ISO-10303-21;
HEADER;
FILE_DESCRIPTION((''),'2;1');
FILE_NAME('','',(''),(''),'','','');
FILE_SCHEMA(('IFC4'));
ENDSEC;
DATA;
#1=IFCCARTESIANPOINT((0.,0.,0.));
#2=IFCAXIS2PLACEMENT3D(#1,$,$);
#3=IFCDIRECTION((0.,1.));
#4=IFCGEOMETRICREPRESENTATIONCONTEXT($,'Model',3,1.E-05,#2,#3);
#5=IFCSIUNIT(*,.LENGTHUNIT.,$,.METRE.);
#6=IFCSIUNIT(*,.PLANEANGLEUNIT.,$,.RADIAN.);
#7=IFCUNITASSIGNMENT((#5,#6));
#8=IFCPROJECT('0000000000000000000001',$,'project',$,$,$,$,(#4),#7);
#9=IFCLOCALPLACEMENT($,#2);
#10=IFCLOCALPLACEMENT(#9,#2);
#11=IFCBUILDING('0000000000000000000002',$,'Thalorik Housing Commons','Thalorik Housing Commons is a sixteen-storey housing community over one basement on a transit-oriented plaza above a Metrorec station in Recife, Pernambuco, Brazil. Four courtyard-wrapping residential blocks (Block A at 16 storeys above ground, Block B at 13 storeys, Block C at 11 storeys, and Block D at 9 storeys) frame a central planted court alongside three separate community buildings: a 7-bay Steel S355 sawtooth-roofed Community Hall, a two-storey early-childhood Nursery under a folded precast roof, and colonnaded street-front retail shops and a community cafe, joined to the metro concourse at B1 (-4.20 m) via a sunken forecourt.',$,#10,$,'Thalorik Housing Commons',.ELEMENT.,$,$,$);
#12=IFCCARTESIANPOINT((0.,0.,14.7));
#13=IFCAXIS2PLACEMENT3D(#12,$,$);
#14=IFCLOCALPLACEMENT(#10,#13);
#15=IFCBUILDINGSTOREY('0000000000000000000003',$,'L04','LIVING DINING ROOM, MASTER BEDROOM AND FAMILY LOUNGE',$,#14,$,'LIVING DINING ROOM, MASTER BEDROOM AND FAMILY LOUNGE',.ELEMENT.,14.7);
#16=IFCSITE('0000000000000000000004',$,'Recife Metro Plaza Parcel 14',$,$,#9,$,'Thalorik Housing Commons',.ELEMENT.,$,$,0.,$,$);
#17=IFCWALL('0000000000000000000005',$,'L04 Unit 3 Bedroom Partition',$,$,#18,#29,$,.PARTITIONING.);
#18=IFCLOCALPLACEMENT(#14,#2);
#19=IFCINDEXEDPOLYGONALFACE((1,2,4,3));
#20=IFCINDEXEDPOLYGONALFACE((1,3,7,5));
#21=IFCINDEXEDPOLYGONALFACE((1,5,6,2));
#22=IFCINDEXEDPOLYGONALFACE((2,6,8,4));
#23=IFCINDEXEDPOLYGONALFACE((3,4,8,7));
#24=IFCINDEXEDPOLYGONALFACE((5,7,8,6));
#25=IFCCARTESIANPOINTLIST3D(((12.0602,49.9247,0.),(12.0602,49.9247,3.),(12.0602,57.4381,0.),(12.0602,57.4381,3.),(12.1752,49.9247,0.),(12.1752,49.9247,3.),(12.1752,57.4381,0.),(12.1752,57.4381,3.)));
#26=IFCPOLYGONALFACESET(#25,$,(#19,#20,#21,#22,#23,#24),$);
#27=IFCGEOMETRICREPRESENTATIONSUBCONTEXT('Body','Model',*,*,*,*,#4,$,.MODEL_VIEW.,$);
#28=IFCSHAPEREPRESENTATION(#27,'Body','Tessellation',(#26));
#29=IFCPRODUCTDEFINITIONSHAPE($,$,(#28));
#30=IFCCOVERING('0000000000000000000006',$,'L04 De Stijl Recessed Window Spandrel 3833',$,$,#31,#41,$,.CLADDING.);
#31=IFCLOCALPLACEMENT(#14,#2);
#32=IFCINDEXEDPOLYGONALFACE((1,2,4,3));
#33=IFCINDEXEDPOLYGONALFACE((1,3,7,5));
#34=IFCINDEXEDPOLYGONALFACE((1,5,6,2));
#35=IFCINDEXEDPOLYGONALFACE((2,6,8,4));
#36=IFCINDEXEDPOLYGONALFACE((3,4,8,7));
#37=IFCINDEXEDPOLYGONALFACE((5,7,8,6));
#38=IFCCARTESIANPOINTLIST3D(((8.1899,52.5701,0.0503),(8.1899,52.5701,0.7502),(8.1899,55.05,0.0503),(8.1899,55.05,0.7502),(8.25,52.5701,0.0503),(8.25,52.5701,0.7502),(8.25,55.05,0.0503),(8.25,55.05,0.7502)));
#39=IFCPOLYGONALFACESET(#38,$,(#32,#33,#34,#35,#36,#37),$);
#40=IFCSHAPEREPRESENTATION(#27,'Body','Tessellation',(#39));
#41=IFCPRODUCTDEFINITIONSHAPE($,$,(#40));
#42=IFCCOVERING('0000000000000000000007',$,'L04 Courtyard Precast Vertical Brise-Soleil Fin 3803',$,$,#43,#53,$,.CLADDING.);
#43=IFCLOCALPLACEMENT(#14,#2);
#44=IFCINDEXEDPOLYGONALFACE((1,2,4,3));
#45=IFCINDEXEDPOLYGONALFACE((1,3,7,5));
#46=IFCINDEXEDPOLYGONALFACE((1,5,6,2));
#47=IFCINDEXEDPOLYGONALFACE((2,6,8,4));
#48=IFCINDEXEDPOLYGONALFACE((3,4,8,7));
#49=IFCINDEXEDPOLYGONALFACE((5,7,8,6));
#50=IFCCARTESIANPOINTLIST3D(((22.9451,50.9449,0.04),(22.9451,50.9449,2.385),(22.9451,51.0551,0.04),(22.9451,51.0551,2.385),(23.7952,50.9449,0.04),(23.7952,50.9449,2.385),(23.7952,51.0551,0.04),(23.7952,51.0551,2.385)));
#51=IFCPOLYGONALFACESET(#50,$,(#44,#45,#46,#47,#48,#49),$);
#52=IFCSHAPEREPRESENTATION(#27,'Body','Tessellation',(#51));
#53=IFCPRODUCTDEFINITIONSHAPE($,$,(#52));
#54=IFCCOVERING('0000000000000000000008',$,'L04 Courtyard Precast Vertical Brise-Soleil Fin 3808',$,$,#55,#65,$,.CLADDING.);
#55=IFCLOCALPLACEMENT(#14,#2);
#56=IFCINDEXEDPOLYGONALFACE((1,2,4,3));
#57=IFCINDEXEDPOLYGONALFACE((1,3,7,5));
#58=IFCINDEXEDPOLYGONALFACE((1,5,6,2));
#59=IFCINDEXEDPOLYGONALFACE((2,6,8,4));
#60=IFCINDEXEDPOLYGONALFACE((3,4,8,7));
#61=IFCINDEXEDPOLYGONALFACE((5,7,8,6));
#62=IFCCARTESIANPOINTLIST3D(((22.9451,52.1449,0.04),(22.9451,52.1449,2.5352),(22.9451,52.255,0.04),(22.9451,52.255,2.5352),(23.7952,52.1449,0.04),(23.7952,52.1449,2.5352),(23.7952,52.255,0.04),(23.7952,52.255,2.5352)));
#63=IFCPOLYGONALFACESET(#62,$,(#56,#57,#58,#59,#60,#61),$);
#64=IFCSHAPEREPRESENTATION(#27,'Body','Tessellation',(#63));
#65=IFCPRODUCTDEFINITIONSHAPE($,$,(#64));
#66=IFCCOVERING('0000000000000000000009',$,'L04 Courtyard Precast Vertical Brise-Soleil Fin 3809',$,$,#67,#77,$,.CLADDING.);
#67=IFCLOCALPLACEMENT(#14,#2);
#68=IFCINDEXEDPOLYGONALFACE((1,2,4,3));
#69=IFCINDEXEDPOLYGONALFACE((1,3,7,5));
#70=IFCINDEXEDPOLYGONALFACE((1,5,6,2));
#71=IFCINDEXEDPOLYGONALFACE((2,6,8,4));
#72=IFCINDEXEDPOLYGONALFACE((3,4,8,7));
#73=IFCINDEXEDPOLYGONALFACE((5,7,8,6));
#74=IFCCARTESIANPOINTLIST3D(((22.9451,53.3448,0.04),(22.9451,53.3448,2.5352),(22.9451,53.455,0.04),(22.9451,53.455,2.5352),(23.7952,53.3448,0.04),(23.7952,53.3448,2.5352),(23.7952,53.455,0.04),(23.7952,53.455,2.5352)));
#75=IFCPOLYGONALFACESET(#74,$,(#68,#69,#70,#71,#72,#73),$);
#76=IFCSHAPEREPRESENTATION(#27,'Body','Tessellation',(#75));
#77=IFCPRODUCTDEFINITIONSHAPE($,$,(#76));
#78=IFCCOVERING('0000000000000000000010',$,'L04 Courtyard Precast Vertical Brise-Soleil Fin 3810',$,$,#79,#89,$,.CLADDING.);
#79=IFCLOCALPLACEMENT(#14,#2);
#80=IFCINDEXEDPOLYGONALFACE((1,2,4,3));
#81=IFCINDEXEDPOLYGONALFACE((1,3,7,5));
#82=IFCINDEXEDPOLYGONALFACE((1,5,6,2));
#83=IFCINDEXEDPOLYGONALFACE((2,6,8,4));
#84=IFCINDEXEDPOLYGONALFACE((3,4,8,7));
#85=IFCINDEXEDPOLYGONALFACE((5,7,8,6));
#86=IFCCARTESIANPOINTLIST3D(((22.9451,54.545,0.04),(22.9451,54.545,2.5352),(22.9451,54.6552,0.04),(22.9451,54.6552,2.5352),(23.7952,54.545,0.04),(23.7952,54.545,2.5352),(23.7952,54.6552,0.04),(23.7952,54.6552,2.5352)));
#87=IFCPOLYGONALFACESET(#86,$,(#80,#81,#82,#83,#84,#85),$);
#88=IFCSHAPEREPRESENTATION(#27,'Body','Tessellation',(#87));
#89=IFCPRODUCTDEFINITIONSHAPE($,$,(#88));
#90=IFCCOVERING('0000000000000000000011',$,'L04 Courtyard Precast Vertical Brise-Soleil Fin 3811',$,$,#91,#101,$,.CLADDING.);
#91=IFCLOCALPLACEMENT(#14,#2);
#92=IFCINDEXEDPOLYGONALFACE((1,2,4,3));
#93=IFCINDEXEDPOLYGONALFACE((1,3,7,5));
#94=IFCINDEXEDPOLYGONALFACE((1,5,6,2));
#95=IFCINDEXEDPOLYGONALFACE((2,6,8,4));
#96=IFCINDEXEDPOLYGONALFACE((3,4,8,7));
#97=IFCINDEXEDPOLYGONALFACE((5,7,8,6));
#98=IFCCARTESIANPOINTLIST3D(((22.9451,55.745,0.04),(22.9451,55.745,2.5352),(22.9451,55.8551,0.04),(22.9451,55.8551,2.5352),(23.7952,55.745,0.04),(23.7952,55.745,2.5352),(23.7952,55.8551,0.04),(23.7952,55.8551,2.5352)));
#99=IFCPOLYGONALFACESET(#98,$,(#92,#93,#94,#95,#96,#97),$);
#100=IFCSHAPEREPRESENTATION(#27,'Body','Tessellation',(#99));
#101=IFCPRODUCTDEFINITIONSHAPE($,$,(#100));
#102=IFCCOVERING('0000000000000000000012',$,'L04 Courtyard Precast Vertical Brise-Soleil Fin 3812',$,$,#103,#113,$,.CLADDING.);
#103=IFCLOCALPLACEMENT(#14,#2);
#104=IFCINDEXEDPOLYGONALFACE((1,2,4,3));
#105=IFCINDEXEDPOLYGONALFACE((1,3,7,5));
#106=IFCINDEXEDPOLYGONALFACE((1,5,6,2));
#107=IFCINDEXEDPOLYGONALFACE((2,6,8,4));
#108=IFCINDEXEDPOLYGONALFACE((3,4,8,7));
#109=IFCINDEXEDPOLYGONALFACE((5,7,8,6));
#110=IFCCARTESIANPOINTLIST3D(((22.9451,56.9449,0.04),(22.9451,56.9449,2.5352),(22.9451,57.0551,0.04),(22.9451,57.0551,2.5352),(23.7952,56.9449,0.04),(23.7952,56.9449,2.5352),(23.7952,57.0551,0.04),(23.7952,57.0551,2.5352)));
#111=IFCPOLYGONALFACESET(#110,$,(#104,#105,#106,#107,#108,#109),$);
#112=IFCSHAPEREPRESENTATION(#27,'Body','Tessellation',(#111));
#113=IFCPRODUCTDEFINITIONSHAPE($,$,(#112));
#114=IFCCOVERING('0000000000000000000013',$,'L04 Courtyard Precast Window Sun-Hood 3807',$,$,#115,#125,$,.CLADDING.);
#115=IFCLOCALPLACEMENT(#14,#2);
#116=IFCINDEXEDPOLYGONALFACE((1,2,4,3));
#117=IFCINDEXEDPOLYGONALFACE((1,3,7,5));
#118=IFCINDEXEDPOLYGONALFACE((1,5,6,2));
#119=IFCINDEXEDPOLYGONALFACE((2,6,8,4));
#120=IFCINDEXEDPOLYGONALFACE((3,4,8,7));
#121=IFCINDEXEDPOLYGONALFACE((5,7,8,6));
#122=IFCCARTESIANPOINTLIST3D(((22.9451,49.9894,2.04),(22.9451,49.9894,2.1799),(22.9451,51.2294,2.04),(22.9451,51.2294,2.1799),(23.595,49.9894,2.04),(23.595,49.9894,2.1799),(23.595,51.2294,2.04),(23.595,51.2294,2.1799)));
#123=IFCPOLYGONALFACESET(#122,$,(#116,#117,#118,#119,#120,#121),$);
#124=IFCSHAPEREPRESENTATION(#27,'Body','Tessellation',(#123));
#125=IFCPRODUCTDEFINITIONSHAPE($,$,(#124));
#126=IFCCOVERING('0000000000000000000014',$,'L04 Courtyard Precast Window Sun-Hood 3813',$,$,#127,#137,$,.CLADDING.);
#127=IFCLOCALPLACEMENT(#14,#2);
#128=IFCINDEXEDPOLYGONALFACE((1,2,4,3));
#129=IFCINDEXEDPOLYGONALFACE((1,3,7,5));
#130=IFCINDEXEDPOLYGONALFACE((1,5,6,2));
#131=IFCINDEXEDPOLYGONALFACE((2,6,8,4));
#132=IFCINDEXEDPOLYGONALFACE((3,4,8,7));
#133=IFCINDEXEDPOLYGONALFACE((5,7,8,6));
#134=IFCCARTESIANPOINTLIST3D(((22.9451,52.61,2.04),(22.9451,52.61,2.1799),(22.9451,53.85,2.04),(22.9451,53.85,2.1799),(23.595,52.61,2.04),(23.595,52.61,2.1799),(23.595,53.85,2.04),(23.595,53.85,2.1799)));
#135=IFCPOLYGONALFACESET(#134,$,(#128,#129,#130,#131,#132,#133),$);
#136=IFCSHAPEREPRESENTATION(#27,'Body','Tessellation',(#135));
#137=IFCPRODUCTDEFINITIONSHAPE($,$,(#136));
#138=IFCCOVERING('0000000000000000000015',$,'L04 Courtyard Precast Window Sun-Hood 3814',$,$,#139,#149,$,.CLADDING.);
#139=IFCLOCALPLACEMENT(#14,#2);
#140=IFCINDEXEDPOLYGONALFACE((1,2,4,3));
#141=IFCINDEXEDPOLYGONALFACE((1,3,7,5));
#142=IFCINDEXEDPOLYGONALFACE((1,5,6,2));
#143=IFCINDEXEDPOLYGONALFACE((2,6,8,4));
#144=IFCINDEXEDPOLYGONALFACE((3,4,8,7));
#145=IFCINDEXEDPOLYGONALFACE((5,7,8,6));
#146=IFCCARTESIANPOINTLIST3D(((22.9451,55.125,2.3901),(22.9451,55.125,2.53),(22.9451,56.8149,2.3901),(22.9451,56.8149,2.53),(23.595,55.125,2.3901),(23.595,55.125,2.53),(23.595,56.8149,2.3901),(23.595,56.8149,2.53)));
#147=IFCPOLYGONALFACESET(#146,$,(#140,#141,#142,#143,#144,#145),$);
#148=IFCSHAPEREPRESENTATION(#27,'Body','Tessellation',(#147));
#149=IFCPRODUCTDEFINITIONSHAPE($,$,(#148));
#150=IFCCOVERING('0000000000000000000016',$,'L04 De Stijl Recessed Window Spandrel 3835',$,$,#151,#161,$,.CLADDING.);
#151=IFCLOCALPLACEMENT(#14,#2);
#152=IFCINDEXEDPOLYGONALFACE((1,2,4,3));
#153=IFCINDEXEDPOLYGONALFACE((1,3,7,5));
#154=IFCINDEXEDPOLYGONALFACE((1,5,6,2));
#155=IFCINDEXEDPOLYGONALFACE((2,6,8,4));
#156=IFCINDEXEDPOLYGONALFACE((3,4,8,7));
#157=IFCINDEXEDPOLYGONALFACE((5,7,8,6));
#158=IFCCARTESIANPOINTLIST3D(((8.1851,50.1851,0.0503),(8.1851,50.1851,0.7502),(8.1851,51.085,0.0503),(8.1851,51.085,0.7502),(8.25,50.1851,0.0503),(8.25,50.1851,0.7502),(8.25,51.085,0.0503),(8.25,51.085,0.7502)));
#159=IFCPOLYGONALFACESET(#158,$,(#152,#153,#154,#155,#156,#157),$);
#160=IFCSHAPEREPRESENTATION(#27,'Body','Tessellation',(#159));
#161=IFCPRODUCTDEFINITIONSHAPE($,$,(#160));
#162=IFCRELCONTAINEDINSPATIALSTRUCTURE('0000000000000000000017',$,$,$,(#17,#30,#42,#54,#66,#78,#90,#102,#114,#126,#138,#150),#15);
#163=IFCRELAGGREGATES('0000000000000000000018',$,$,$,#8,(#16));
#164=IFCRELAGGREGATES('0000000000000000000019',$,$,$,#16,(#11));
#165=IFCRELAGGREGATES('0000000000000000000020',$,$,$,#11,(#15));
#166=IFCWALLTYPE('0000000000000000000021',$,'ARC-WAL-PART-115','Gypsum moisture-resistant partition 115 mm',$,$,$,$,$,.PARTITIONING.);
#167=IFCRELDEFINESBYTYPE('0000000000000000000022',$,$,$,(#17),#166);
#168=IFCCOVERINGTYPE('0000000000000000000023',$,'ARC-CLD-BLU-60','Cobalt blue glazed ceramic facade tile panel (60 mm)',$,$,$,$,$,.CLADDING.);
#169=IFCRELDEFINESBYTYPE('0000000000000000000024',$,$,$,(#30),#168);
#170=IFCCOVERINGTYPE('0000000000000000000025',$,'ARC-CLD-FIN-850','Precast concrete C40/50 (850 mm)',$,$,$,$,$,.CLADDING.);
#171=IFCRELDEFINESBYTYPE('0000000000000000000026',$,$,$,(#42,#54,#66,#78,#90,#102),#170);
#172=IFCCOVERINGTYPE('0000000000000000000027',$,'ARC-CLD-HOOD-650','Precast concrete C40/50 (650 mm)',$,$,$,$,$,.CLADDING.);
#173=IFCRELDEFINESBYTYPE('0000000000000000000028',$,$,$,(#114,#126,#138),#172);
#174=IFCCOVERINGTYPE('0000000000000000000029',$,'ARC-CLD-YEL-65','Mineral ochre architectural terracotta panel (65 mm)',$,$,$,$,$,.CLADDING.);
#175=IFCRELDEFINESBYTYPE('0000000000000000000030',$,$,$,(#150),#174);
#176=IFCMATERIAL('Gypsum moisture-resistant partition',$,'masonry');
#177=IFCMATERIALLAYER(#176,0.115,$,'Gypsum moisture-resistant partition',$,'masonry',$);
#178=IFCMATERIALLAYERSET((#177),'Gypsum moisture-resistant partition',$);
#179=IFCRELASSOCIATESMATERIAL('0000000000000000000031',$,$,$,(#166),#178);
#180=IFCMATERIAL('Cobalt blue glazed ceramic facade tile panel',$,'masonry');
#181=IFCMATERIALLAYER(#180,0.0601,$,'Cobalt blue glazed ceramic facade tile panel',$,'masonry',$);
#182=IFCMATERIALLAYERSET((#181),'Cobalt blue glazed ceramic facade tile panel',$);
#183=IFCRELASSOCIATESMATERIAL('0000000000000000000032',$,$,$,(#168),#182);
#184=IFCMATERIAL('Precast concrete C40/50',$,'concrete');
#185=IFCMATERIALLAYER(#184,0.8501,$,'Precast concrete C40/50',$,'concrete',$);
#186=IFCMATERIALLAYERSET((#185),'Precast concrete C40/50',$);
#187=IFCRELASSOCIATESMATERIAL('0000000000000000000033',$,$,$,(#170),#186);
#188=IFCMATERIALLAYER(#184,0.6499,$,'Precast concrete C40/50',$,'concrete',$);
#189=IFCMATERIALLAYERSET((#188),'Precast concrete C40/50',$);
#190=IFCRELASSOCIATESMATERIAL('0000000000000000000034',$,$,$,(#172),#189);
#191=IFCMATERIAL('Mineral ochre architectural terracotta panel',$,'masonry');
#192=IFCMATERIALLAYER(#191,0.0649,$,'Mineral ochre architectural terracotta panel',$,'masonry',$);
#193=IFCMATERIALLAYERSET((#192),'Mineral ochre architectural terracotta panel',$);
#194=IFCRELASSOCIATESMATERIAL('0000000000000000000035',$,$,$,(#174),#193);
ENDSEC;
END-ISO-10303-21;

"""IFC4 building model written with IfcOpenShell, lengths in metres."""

from ifc_helpers import new_model, si_unit, direction, frame, frame_2d, origin, origin_2d, place, context, subcontext, project, spatial, rectangle, extrude, material, layer, layer_set, type_object, element, save


model = new_model("IFC4")

# Units and contexts
model_context = context("Model", 3, precision=1e-05, world=origin(), true_north=direction((0.0, 1.0)))
body_context = subcontext(model_context, "Body", "Model", "MODEL_VIEW")
ifc_project = project(units=[si_unit("LENGTHUNIT", "METRE"), si_unit("PLANEANGLEUNIT", "RADIAN")], contexts=[model_context])

# Site, building, storey
site_placement = place(None, origin())
site = spatial("IfcSite", under=ifc_project, at=site_placement, Name="Recife Metro Plaza Parcel 14", LongName="Thalorik Housing Commons", CompositionType="ELEMENT", RefElevation=0.0)
building_placement = place(site_placement, origin())
building = spatial("IfcBuilding", under=site, at=building_placement, Name="Thalorik Housing Commons", Description="Thalorik Housing Commons is a sixteen-storey housing community over one basement on a transit-oriented plaza above a Metrorec station in Recife, Pernambuco, Brazil. Four courtyard-wrapping residential blocks (Block A at 16 storeys above ground, Block B at 13 storeys, Block C at 11 storeys, and Block D at 9 storeys) frame a central planted court alongside three separate community buildings: a 7-bay Steel S355 sawtooth-roofed Community Hall, a two-storey early-childhood Nursery under a folded precast roof, and colonnaded street-front retail shops and a community cafe, joined to the metro concourse at B1 (-4.20 m) via a sunken forecourt.", LongName="Thalorik Housing Commons", CompositionType="ELEMENT")
storey_placement = place(building_placement, frame((0.0, 0.0, 14.7)))
storey = spatial("IfcBuildingStorey", under=building, at=storey_placement, Name="L04", Description="LIVING DINING ROOM, MASTER BEDROOM AND FAMILY LOUNGE", LongName="LIVING DINING ROOM, MASTER BEDROOM AND FAMILY LOUNGE", CompositionType="ELEMENT", Elevation=14.7)

# Shared definitions
ifc_material_1 = material(Name="Precast concrete C40/50", Category="concrete")

# Wall
ifc_material_2 = material(Name="Gypsum moisture-resistant partition", Category="masonry")
ifc_layer_1 = layer(ifc_material_2, 0.115, Name="Gypsum moisture-resistant partition", Category="masonry")
ifc_layer_set_1 = layer_set([ifc_layer_1], Name="Gypsum moisture-resistant partition")
wall_type_1 = type_object("IfcWallType", Name="ARC-WAL-PART-115", Description="Gypsum moisture-resistant partition 115 mm", PredefinedType="PARTITIONING", material=ifc_layer_set_1)
wall_1_placement = place(storey_placement, frame((12.1177, 49.9246, 0.0), z_axis=(0.0, 0.0, 1.0), x_axis=(0.0, 1.0, 0.0)))
element("IfcWall", 1, at=wall_1_placement, inside=storey, type_object=wall_type_1, Name="L04 Unit 3 Bedroom Partition", PredefinedType="PARTITIONING", context=body_context, shape_type="SweptSolid", body=[
    extrude(rectangle(XDim=7.5134, YDim=0.115, at=frame_2d((3.7568, 0.0))), origin(), (0.0, 0.0, 1.0), 3.0),
])

# Coverings
ifc_material_3 = material(Name="Cobalt blue glazed ceramic facade tile panel", Category="masonry")
ifc_layer_2 = layer(ifc_material_3, 0.0601, Name="Cobalt blue glazed ceramic facade tile panel", Category="masonry")
ifc_layer_set_2 = layer_set([ifc_layer_2], Name="Cobalt blue glazed ceramic facade tile panel")
covering_type_1 = type_object("IfcCoveringType", Name="ARC-CLD-BLU-60", Description="Cobalt blue glazed ceramic facade tile panel (60 mm)", PredefinedType="CLADDING", material=ifc_layer_set_2)
covering_1_placement = place(storey_placement, frame((8.22, 53.8101, 0.0503), z_axis=(0.0, 0.0, 1.0), x_axis=(0.0, -1.0, 0.0)))
element("IfcCovering", 2, at=covering_1_placement, inside=storey, type_object=covering_type_1, Name="L04 De Stijl Recessed Window Spandrel 3833", PredefinedType="CLADDING", context=body_context, shape_type="SweptSolid", body=[
    extrude(rectangle(XDim=2.48, YDim=0.0601, at=origin_2d()), origin(), (0.0, 0.0, 1.0), 0.7),
])
ifc_layer_3 = layer(ifc_material_1, 0.8501, Name="Precast concrete C40/50", Category="concrete")
ifc_layer_set_3 = layer_set([ifc_layer_3], Name="Precast concrete C40/50")
covering_type_2 = type_object("IfcCoveringType", Name="ARC-CLD-FIN-850", Description="Precast concrete C40/50 (850 mm)", PredefinedType="CLADDING", material=ifc_layer_set_3)
covering_2_placement = place(storey_placement, frame((23.3701, 51.0, 0.04), z_axis=(0.0, 0.0, 1.0), x_axis=(0.0, 1.0, 0.0)))
element("IfcCovering", 3, at=covering_2_placement, inside=storey, type_object=covering_type_2, Name="L04 Courtyard Precast Vertical Brise-Soleil Fin 3803", PredefinedType="CLADDING", context=body_context, shape_type="SweptSolid", body=[
    extrude(rectangle(XDim=0.1101, YDim=0.8501, at=origin_2d()), origin(), (0.0, 0.0, 1.0), 2.345),
])
for number, where, z_axis, x_axis, name in (
    (4, (23.3701, 52.2, 0.04), (0.0, 0.0, 1.0), (0.0, 1.0, 0.0), "L04 Courtyard Precast Vertical Brise-Soleil Fin 3808"),
    (5, (23.3701, 53.3999, 0.04), (0.0, 0.0, 1.0), (0.0, 1.0, 0.0), "L04 Courtyard Precast Vertical Brise-Soleil Fin 3809"),
    (6, (23.3701, 54.6001, 0.04), (0.0, 0.0, 1.0), (0.0, 1.0, 0.0), "L04 Courtyard Precast Vertical Brise-Soleil Fin 3810"),
    (7, (23.3701, 55.8, 0.04), (0.0, 0.0, 1.0), (0.0, 1.0, 0.0), "L04 Courtyard Precast Vertical Brise-Soleil Fin 3811"),
    (8, (23.3701, 57.0, 0.04), (0.0, 0.0, 1.0), (0.0, 1.0, 0.0), "L04 Courtyard Precast Vertical Brise-Soleil Fin 3812"),
):
    element("IfcCovering", number, at=place(storey_placement, frame(where, z_axis=z_axis, x_axis=x_axis)), inside=storey, type_object=covering_type_2, Name=name, PredefinedType="CLADDING", context=body_context, shape_type="SweptSolid", body=[
        extrude(rectangle(XDim=0.1101, YDim=0.8501, at=origin_2d()), origin(), (0.0, 0.0, 1.0), 2.4951),
    ])
ifc_layer_4 = layer(ifc_material_1, 0.6499, Name="Precast concrete C40/50", Category="concrete")
ifc_layer_set_4 = layer_set([ifc_layer_4], Name="Precast concrete C40/50")
covering_type_3 = type_object("IfcCoveringType", Name="ARC-CLD-HOOD-650", Description="Precast concrete C40/50 (650 mm)", PredefinedType="CLADDING", material=ifc_layer_set_4)
for number, where, z_axis, x_axis, name in (
    (9, (23.27, 50.6094, 2.04), (0.0, 0.0, 1.0), (0.0, 1.0, 0.0), "L04 Courtyard Precast Window Sun-Hood 3807"),
    (10, (23.27, 53.23, 2.04), (0.0, 0.0, 1.0), (0.0, 1.0, 0.0), "L04 Courtyard Precast Window Sun-Hood 3813"),
):
    element("IfcCovering", number, at=place(storey_placement, frame(where, z_axis=z_axis, x_axis=x_axis)), inside=storey, type_object=covering_type_3, Name=name, PredefinedType="CLADDING", context=body_context, shape_type="SweptSolid", body=[
        extrude(rectangle(XDim=1.24, YDim=0.6499, at=origin_2d()), origin(), (0.0, 0.0, 1.0), 0.1399),
    ])
covering_3_placement = place(storey_placement, frame((23.27, 55.97, 2.3901), z_axis=(0.0, 0.0, 1.0), x_axis=(0.0, 1.0, 0.0)))
element("IfcCovering", 11, at=covering_3_placement, inside=storey, type_object=covering_type_3, Name="L04 Courtyard Precast Window Sun-Hood 3814", PredefinedType="CLADDING", context=body_context, shape_type="SweptSolid", body=[
    extrude(rectangle(XDim=1.6899, YDim=0.6499, at=origin_2d()), origin(), (0.0, 0.0, 1.0), 0.1399),
])
ifc_material_4 = material(Name="Mineral ochre architectural terracotta panel", Category="masonry")
ifc_layer_5 = layer(ifc_material_4, 0.0649, Name="Mineral ochre architectural terracotta panel", Category="masonry")
ifc_layer_set_5 = layer_set([ifc_layer_5], Name="Mineral ochre architectural terracotta panel")
covering_type_4 = type_object("IfcCoveringType", Name="ARC-CLD-YEL-65", Description="Mineral ochre architectural terracotta panel (65 mm)", PredefinedType="CLADDING", material=ifc_layer_set_5)
covering_4_placement = place(storey_placement, frame((8.2175, 50.635, 0.0503), z_axis=(0.0, 0.0, 1.0), x_axis=(0.0, -1.0, 0.0)))
element("IfcCovering", 12, at=covering_4_placement, inside=storey, type_object=covering_type_4, Name="L04 De Stijl Recessed Window Spandrel 3835", PredefinedType="CLADDING", context=body_context, shape_type="SweptSolid", body=[
    extrude(rectangle(XDim=0.8999, YDim=0.0649, at=origin_2d()), origin(), (0.0, 0.0, 1.0), 0.7),
])

save(model, "model.ifc")
